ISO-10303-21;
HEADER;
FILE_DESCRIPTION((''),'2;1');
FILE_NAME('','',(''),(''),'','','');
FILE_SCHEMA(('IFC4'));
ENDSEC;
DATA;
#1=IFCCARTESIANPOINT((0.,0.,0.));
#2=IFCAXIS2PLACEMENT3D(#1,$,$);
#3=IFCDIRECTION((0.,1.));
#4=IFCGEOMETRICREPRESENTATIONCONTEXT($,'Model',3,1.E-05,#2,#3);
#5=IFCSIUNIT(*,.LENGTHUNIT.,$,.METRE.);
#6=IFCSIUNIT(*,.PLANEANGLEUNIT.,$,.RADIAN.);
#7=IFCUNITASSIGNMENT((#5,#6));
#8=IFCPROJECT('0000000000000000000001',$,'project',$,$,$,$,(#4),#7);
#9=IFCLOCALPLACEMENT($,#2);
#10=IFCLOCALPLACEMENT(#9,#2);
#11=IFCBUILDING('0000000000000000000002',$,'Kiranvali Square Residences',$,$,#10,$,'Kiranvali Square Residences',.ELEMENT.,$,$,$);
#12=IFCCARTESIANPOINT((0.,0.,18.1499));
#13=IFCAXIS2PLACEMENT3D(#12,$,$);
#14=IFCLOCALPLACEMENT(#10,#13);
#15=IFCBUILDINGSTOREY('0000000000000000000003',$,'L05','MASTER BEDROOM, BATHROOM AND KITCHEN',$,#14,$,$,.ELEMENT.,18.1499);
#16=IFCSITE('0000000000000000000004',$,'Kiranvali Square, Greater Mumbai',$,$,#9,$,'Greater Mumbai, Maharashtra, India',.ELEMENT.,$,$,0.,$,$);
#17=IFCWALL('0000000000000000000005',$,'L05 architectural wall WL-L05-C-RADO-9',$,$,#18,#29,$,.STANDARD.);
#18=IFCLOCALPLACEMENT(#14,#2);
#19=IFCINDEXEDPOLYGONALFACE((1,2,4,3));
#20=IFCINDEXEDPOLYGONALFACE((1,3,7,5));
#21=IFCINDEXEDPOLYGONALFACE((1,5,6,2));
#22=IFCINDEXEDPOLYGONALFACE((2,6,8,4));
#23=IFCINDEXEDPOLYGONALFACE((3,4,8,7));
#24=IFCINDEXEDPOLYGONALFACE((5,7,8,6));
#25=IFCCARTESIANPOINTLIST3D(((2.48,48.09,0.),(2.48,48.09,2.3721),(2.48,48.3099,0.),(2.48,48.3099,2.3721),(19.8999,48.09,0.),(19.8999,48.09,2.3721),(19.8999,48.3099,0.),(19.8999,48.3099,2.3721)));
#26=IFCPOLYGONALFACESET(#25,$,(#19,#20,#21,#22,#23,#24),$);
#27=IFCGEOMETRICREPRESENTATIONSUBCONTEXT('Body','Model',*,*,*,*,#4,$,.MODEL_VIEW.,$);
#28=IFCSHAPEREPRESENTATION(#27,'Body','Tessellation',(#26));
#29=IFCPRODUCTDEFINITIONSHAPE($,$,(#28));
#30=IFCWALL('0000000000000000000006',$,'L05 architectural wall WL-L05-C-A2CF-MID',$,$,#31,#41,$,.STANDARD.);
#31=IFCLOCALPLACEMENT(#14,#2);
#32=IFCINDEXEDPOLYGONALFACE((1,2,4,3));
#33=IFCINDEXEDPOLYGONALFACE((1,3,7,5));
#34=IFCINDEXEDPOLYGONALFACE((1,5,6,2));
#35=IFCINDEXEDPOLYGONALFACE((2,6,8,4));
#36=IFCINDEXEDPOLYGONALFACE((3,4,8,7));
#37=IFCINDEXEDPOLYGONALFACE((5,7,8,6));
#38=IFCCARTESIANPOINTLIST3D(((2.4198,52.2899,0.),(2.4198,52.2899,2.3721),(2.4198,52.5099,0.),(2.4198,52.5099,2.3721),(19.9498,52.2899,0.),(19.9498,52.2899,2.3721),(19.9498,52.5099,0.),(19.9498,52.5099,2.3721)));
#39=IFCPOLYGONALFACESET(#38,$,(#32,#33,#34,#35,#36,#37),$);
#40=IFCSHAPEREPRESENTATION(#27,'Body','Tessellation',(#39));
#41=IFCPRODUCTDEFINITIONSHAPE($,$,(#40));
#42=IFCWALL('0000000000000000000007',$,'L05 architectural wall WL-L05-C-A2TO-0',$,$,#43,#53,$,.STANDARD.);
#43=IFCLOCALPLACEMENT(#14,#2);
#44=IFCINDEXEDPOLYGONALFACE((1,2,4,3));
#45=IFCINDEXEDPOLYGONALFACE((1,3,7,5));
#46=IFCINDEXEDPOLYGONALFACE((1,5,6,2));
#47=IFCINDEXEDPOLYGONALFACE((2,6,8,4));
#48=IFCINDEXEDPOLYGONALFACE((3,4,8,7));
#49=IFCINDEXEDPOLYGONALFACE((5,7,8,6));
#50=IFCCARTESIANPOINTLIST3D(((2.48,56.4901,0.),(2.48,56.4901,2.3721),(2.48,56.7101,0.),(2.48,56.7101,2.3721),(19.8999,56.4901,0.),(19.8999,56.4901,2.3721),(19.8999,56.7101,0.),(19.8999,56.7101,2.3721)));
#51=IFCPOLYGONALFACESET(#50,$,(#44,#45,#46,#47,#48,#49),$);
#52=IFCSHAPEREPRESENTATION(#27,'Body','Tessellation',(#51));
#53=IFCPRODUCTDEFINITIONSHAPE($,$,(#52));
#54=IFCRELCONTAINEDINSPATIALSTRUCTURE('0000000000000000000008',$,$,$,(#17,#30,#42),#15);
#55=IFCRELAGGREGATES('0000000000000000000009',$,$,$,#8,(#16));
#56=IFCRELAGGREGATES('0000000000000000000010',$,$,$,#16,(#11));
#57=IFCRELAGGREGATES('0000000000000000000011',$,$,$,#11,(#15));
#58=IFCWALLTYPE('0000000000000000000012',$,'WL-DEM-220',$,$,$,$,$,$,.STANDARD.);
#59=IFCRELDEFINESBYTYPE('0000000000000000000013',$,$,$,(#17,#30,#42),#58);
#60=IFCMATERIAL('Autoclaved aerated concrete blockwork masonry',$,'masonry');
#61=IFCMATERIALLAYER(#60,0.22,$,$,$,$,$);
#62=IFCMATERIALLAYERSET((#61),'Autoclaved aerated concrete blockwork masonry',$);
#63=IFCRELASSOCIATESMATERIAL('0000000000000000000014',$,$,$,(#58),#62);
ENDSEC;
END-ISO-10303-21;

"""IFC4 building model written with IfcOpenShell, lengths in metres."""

from ifc_helpers import new_model, si_unit, direction, frame, frame_2d, origin, place, context, subcontext, project, spatial, rectangle, extrude, material, layer, layer_set, type_object, element, save


model = new_model("IFC4")

# Units and contexts
model_context = context("Model", 3, precision=1e-05, world=origin(), true_north=direction((0.0, 1.0)))
body_context = subcontext(model_context, "Body", "Model", "MODEL_VIEW")
ifc_project = project(units=[si_unit("LENGTHUNIT", "METRE"), si_unit("PLANEANGLEUNIT", "RADIAN")], contexts=[model_context])

# Site, building, storey
site_placement = place(None, origin())
site = spatial("IfcSite", under=ifc_project, at=site_placement, Name="Kiranvali Square, Greater Mumbai", LongName="Greater Mumbai, Maharashtra, India", CompositionType="ELEMENT", RefElevation=0.0)
building_placement = place(site_placement, origin())
building = spatial("IfcBuilding", under=site, at=building_placement, Name="Kiranvali Square Residences", LongName="Kiranvali Square Residences", CompositionType="ELEMENT")
storey_placement = place(building_placement, frame((0.0, 0.0, 18.1499)))
storey = spatial("IfcBuildingStorey", under=building, at=storey_placement, Name="L05", Description="MASTER BEDROOM, BATHROOM AND KITCHEN", CompositionType="ELEMENT", Elevation=18.1499)

# Shared definitions
ifc_material_1 = material(Name="Autoclaved aerated concrete blockwork masonry", Category="masonry")

# Walls
ifc_layer_1 = layer(ifc_material_1, 0.22)
ifc_layer_set_1 = layer_set([ifc_layer_1], Name="Autoclaved aerated concrete blockwork masonry")
wall_type_1 = type_object("IfcWallType", Name="WL-DEM-220", PredefinedType="STANDARD", material=ifc_layer_set_1)
wall_1_placement = place(storey_placement, frame((19.8999, 48.2, 0.0), z_axis=(0.0, 0.0, 1.0), x_axis=(-1.0, 0.0, 0.0)))
element("IfcWall", 1, at=wall_1_placement, inside=storey, type_object=wall_type_1, Name="L05 architectural wall WL-L05-C-RADO-9", PredefinedType="STANDARD", context=body_context, shape_type="SweptSolid", body=[
    extrude(rectangle(XDim=17.4199, YDim=0.22, at=frame_2d((8.71, 0.0))), origin(), (0.0, 0.0, 1.0), 2.3721),
])
wall_2_placement = place(storey_placement, frame((19.95, 52.3999, 0.0), z_axis=(0.0, 0.0, 1.0), x_axis=(-1.0, 0.0, 0.0)))
element("IfcWall", 2, at=wall_2_placement, inside=storey, type_object=wall_type_1, Name="L05 architectural wall WL-L05-C-A2CF-MID", PredefinedType="STANDARD", context=body_context, shape_type="SweptSolid", body=[
    extrude(rectangle(XDim=17.53, YDim=0.22, at=frame_2d((8.7651, 0.0))), origin(), (0.0, 0.0, 1.0), 2.3721),
])
wall_3_placement = place(storey_placement, frame((19.8999, 56.6001, 0.0), z_axis=(0.0, 0.0, 1.0), x_axis=(-1.0, 0.0, 0.0)))
element("IfcWall", 3, at=wall_3_placement, inside=storey, type_object=wall_type_1, Name="L05 architectural wall WL-L05-C-A2TO-0", PredefinedType="STANDARD", context=body_context, shape_type="SweptSolid", body=[
    extrude(rectangle(XDim=17.4199, YDim=0.22, at=frame_2d((8.71, 0.0))), origin(), (0.0, 0.0, 1.0), 2.3721),
])

save(model, "model.ifc")
